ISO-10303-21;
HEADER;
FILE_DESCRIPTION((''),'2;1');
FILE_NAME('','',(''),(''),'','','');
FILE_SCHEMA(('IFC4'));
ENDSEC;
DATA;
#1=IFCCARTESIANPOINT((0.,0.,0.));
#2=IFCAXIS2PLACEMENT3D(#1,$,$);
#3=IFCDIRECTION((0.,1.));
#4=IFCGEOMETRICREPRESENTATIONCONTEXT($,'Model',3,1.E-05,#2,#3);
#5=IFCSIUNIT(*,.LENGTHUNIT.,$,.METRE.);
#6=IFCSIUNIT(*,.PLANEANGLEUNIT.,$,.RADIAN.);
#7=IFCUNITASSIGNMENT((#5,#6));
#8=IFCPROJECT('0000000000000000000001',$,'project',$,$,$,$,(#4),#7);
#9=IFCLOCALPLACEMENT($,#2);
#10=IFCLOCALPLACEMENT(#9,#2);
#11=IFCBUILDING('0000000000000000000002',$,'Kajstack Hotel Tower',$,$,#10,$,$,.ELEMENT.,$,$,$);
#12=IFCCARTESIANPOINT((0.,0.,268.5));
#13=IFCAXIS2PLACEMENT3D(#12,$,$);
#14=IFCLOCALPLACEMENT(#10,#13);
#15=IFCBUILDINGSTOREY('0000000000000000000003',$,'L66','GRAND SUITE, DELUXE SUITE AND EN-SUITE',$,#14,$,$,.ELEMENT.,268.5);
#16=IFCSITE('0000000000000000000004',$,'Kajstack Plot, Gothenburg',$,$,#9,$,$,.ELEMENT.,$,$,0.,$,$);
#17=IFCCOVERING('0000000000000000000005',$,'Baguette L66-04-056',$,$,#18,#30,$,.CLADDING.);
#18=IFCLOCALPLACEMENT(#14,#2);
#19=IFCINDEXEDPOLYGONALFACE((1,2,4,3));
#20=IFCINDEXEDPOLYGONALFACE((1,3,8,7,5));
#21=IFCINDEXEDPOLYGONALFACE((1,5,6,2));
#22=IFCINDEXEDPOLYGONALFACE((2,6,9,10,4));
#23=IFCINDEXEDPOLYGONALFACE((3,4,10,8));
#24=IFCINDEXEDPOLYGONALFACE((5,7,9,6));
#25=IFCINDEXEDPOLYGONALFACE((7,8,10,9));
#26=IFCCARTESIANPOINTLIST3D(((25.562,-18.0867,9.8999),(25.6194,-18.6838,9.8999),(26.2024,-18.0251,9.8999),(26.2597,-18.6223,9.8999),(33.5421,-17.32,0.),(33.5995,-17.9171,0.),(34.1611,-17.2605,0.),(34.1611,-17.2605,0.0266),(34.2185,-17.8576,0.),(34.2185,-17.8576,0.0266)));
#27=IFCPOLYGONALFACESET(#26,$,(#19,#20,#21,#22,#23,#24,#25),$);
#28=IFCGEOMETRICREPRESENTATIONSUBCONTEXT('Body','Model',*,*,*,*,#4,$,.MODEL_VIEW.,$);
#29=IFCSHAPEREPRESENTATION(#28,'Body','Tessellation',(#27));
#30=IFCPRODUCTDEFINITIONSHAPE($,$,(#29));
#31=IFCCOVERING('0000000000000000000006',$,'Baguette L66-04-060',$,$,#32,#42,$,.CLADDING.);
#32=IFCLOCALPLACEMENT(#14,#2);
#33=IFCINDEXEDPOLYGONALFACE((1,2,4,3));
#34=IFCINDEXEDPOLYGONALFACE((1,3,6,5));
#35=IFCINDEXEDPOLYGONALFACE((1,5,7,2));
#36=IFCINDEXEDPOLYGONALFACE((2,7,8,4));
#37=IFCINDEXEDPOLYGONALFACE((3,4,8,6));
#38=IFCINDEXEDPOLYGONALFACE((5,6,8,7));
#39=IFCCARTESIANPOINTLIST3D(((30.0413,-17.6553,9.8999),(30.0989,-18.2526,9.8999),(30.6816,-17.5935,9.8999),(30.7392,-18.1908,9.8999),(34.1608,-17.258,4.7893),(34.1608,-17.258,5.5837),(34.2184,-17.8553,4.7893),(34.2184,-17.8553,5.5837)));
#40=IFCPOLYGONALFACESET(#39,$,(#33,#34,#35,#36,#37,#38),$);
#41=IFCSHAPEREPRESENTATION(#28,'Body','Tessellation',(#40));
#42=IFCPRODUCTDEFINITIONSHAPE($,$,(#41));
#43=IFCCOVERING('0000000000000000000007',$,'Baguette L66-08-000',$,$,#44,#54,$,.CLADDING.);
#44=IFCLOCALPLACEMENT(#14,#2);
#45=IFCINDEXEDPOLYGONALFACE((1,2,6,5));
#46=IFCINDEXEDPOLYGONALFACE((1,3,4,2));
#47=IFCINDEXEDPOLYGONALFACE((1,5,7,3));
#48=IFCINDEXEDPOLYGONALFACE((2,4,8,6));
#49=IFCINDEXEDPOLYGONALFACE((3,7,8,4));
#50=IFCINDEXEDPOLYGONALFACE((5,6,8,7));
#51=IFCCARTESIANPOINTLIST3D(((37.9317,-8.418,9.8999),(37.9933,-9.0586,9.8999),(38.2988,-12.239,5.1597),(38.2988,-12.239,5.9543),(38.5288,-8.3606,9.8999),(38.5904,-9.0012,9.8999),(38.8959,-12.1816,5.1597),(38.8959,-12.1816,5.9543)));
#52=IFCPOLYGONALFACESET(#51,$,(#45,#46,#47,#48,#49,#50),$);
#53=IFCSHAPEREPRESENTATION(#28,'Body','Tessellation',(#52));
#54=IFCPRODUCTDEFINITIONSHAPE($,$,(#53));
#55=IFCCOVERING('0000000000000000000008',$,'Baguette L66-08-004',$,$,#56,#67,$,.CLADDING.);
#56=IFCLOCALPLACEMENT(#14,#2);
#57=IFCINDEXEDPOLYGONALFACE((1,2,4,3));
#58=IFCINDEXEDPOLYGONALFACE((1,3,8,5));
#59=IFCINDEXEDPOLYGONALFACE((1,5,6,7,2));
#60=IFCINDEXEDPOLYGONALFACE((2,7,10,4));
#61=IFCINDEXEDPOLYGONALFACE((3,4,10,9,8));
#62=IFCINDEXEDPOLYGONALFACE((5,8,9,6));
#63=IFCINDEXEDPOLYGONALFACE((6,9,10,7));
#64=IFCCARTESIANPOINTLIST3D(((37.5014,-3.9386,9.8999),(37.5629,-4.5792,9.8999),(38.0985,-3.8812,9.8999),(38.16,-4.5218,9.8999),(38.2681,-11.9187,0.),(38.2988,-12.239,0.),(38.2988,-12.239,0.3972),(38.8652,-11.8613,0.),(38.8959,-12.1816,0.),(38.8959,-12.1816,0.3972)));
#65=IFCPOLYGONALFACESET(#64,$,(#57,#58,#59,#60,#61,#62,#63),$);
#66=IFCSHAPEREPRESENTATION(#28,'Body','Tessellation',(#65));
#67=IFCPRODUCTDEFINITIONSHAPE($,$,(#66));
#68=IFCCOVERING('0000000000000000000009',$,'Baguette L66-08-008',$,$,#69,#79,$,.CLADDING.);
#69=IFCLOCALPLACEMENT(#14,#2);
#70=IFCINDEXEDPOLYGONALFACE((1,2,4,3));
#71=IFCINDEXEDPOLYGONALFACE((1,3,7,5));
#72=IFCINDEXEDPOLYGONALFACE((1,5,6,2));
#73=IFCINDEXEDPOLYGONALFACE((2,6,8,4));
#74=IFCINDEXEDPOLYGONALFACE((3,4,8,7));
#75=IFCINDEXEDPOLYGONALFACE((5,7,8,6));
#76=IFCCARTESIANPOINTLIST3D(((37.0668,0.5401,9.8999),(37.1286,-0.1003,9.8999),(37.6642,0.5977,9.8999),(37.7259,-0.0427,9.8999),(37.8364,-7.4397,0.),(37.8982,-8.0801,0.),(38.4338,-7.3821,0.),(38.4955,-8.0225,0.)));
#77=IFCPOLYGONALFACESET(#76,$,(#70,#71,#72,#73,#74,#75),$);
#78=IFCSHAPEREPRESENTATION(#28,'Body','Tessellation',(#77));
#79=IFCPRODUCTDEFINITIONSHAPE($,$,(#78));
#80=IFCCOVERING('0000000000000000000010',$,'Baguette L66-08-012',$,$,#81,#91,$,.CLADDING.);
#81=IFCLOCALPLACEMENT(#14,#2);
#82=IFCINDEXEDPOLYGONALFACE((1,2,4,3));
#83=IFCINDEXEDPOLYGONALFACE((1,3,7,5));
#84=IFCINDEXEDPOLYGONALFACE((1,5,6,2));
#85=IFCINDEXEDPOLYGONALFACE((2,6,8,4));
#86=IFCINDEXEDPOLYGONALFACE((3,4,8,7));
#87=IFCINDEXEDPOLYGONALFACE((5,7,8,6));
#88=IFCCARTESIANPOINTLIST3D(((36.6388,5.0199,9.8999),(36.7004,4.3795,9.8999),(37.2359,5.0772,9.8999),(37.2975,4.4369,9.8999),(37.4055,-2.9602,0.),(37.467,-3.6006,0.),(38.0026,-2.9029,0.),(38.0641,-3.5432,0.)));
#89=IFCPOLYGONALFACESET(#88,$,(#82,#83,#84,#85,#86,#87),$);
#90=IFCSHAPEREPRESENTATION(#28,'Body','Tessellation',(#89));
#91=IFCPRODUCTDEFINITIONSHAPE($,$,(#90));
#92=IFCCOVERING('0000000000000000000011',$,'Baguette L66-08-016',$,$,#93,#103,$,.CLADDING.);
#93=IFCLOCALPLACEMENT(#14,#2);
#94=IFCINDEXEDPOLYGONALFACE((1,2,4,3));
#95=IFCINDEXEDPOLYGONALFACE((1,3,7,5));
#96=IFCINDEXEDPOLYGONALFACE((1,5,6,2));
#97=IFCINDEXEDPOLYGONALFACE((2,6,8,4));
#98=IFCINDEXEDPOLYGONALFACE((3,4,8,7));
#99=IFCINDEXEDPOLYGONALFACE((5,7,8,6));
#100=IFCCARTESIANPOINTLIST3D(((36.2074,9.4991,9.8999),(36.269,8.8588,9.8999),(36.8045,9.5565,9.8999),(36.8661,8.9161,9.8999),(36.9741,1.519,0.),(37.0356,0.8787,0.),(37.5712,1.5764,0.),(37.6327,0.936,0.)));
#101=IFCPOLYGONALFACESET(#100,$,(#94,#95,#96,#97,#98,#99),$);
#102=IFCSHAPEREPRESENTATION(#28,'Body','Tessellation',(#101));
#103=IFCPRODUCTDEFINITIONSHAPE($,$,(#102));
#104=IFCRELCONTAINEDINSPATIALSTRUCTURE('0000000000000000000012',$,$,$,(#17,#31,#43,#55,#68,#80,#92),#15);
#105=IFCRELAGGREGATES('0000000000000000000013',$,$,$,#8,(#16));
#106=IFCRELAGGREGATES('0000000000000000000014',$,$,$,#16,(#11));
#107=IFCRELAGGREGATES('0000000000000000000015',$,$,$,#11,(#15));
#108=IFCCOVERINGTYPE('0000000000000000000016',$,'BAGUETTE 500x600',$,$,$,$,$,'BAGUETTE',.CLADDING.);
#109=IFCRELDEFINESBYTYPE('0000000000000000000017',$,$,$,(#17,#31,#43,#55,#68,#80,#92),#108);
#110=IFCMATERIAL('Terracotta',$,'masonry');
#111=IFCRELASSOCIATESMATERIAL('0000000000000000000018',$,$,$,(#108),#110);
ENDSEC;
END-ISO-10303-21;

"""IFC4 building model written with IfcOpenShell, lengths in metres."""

from ifc_helpers import new_model, si_unit, direction, frame, origin, origin_2d, place, context, subcontext, project, spatial, polyline, rectangle, outline, extrude, material, material_profile, profile_set, type_object, element, save


model = new_model("IFC4")

# Units and contexts
model_context = context("Model", 3, precision=1e-05, world=origin(), true_north=direction((0.0, 1.0)))
body_context = subcontext(model_context, "Body", "Model", "MODEL_VIEW")
ifc_project = project(units=[si_unit("LENGTHUNIT", "METRE"), si_unit("PLANEANGLEUNIT", "RADIAN")], contexts=[model_context])

# Site, building, storey
site_placement = place(None, origin())
site = spatial("IfcSite", under=ifc_project, at=site_placement, Name="Kajstack Plot, Gothenburg", CompositionType="ELEMENT", RefElevation=0.0)
building_placement = place(site_placement, origin())
building = spatial("IfcBuilding", under=site, at=building_placement, Name="Kajstack Hotel Tower", CompositionType="ELEMENT")
storey_placement = place(building_placement, frame((0.0, 0.0, 268.5)))
storey = spatial("IfcBuildingStorey", under=building, at=storey_placement, Name="L66", Description="GRAND SUITE, DELUXE SUITE AND EN-SUITE", CompositionType="ELEMENT", Elevation=268.5)

# Coverings
ifc_material_1 = material(Name="Terracotta", Category="masonry")
ifc_material_profile = material_profile(ifc_material_1, rectangle(XDim=0.6001, YDim=0.5, at=origin_2d()), Name="Terracotta-clad concrete baguette 500 x 600")
ifc_profile_set = profile_set([ifc_material_profile], Name="Terracotta")
covering_type = type_object("IfcCoveringType", Name="BAGUETTE 500x600", ElementType="BAGUETTE", PredefinedType="CLADDING", material=ifc_profile_set)
covering_1_placement = place(storey_placement, frame((25.562, -18.0867, 0.0), z_axis=(0.095635, -0.995416, 0.0), x_axis=(0.995416, 0.095635, 0.0)))
element("IfcCovering", 1, at=covering_1_placement, inside=storey, type_object=covering_type, Name="Baguette L66-04-056", PredefinedType="CLADDING", context=body_context, shape_type="SweptSolid", body=[
    extrude(outline(polyline([(8.0168, 0.0), (8.6387, 0.0), (8.6387, 0.0266), (0.6433, 9.8999), (0.0, 9.8999), (8.0168, 0.0)])), origin(), (0.0, 0.0, 1.0), 0.5999),
])
covering_2_placement = place(storey_placement, frame((30.0413, -17.6553, 0.0), z_axis=(0.095999, -0.995381, 0.0), x_axis=(0.995381, 0.095999, 0.0)))
element("IfcCovering", 2, at=covering_2_placement, inside=storey, type_object=covering_type, Name="Baguette L66-04-060", PredefinedType="CLADDING", context=body_context, shape_type="SweptSolid", body=[
    extrude(outline(polyline([(0.0, 9.8999), (4.1387, 4.7893), (4.1387, 5.5837), (0.6433, 9.8999), (0.0, 9.8999)])), origin(), (0.0, 0.0, 1.0), 0.6001),
])
covering_3_placement = place(storey_placement, frame((38.2988, -12.239, 0.0), z_axis=(0.995416, 0.095635, 0.0), x_axis=(-0.095635, 0.995416, 0.0)))
element("IfcCovering", 3, at=covering_3_placement, inside=storey, type_object=covering_type, Name="Baguette L66-08-000", PredefinedType="CLADDING", context=body_context, shape_type="SweptSolid", body=[
    extrude(outline(polyline([(3.1951, 9.8999), (0.0, 5.9543), (0.0, 5.1597), (3.8386, 9.8999), (3.1951, 9.8999)])), origin(), (0.0, 0.0, 1.0), 0.5999),
])
covering_4_placement = place(storey_placement, frame((38.2988, -12.239, 0.0), z_axis=(0.995416, 0.095635, 0.0), x_axis=(-0.095635, 0.995416, 0.0)))
element("IfcCovering", 4, at=covering_4_placement, inside=storey, type_object=covering_type, Name="Baguette L66-08-004", PredefinedType="CLADDING", context=body_context, shape_type="SweptSolid", body=[
    extrude(outline(polyline([(7.6951, 9.8999), (0.0, 0.3972), (0.0, 0.0), (0.3218, 0.0), (8.3386, 9.8999), (7.6951, 9.8999)])), origin(), (0.0, 0.0, 1.0), 0.5999),
])
covering_5_placement = place(storey_placement, frame((37.8982, -8.0801, 0.0), z_axis=(0.995381, 0.095999, 0.0), x_axis=(-0.095999, 0.995381, 0.0)))
element("IfcCovering", 5, at=covering_5_placement, inside=storey, type_object=covering_type, Name="Baguette L66-08-008", PredefinedType="CLADDING", context=body_context, shape_type="SweptSolid", body=[
    extrude(outline(polyline([(8.0168, 9.8999), (0.0, 0.0), (0.6433, 0.0), (8.6602, 9.8999), (8.0168, 9.8999)])), origin(), (0.0, 0.0, 1.0), 0.6001),
])
for number, where, z_axis, x_axis, name in (
    (6, (37.467, -3.6006, 0.0), (0.995416, 0.095635, 0.0), (-0.095635, 0.995416, 0.0), "Baguette L66-08-012"),
    (7, (37.0356, 0.8787, 0.0), (0.995416, 0.095635, 0.0), (-0.095635, 0.995416, 0.0), "Baguette L66-08-016"),
):
    element("IfcCovering", number, at=place(storey_placement, frame(where, z_axis=z_axis, x_axis=x_axis)), inside=storey, type_object=covering_type, Name=name, PredefinedType="CLADDING", context=body_context, shape_type="SweptSolid", body=[
        extrude(outline(polyline([(8.0168, 9.8999), (0.0, 0.0), (0.6433, 0.0), (8.6602, 9.8999), (8.0168, 9.8999)])), origin(), (0.0, 0.0, 1.0), 0.5999),
    ])

save(model, "model.ifc")
